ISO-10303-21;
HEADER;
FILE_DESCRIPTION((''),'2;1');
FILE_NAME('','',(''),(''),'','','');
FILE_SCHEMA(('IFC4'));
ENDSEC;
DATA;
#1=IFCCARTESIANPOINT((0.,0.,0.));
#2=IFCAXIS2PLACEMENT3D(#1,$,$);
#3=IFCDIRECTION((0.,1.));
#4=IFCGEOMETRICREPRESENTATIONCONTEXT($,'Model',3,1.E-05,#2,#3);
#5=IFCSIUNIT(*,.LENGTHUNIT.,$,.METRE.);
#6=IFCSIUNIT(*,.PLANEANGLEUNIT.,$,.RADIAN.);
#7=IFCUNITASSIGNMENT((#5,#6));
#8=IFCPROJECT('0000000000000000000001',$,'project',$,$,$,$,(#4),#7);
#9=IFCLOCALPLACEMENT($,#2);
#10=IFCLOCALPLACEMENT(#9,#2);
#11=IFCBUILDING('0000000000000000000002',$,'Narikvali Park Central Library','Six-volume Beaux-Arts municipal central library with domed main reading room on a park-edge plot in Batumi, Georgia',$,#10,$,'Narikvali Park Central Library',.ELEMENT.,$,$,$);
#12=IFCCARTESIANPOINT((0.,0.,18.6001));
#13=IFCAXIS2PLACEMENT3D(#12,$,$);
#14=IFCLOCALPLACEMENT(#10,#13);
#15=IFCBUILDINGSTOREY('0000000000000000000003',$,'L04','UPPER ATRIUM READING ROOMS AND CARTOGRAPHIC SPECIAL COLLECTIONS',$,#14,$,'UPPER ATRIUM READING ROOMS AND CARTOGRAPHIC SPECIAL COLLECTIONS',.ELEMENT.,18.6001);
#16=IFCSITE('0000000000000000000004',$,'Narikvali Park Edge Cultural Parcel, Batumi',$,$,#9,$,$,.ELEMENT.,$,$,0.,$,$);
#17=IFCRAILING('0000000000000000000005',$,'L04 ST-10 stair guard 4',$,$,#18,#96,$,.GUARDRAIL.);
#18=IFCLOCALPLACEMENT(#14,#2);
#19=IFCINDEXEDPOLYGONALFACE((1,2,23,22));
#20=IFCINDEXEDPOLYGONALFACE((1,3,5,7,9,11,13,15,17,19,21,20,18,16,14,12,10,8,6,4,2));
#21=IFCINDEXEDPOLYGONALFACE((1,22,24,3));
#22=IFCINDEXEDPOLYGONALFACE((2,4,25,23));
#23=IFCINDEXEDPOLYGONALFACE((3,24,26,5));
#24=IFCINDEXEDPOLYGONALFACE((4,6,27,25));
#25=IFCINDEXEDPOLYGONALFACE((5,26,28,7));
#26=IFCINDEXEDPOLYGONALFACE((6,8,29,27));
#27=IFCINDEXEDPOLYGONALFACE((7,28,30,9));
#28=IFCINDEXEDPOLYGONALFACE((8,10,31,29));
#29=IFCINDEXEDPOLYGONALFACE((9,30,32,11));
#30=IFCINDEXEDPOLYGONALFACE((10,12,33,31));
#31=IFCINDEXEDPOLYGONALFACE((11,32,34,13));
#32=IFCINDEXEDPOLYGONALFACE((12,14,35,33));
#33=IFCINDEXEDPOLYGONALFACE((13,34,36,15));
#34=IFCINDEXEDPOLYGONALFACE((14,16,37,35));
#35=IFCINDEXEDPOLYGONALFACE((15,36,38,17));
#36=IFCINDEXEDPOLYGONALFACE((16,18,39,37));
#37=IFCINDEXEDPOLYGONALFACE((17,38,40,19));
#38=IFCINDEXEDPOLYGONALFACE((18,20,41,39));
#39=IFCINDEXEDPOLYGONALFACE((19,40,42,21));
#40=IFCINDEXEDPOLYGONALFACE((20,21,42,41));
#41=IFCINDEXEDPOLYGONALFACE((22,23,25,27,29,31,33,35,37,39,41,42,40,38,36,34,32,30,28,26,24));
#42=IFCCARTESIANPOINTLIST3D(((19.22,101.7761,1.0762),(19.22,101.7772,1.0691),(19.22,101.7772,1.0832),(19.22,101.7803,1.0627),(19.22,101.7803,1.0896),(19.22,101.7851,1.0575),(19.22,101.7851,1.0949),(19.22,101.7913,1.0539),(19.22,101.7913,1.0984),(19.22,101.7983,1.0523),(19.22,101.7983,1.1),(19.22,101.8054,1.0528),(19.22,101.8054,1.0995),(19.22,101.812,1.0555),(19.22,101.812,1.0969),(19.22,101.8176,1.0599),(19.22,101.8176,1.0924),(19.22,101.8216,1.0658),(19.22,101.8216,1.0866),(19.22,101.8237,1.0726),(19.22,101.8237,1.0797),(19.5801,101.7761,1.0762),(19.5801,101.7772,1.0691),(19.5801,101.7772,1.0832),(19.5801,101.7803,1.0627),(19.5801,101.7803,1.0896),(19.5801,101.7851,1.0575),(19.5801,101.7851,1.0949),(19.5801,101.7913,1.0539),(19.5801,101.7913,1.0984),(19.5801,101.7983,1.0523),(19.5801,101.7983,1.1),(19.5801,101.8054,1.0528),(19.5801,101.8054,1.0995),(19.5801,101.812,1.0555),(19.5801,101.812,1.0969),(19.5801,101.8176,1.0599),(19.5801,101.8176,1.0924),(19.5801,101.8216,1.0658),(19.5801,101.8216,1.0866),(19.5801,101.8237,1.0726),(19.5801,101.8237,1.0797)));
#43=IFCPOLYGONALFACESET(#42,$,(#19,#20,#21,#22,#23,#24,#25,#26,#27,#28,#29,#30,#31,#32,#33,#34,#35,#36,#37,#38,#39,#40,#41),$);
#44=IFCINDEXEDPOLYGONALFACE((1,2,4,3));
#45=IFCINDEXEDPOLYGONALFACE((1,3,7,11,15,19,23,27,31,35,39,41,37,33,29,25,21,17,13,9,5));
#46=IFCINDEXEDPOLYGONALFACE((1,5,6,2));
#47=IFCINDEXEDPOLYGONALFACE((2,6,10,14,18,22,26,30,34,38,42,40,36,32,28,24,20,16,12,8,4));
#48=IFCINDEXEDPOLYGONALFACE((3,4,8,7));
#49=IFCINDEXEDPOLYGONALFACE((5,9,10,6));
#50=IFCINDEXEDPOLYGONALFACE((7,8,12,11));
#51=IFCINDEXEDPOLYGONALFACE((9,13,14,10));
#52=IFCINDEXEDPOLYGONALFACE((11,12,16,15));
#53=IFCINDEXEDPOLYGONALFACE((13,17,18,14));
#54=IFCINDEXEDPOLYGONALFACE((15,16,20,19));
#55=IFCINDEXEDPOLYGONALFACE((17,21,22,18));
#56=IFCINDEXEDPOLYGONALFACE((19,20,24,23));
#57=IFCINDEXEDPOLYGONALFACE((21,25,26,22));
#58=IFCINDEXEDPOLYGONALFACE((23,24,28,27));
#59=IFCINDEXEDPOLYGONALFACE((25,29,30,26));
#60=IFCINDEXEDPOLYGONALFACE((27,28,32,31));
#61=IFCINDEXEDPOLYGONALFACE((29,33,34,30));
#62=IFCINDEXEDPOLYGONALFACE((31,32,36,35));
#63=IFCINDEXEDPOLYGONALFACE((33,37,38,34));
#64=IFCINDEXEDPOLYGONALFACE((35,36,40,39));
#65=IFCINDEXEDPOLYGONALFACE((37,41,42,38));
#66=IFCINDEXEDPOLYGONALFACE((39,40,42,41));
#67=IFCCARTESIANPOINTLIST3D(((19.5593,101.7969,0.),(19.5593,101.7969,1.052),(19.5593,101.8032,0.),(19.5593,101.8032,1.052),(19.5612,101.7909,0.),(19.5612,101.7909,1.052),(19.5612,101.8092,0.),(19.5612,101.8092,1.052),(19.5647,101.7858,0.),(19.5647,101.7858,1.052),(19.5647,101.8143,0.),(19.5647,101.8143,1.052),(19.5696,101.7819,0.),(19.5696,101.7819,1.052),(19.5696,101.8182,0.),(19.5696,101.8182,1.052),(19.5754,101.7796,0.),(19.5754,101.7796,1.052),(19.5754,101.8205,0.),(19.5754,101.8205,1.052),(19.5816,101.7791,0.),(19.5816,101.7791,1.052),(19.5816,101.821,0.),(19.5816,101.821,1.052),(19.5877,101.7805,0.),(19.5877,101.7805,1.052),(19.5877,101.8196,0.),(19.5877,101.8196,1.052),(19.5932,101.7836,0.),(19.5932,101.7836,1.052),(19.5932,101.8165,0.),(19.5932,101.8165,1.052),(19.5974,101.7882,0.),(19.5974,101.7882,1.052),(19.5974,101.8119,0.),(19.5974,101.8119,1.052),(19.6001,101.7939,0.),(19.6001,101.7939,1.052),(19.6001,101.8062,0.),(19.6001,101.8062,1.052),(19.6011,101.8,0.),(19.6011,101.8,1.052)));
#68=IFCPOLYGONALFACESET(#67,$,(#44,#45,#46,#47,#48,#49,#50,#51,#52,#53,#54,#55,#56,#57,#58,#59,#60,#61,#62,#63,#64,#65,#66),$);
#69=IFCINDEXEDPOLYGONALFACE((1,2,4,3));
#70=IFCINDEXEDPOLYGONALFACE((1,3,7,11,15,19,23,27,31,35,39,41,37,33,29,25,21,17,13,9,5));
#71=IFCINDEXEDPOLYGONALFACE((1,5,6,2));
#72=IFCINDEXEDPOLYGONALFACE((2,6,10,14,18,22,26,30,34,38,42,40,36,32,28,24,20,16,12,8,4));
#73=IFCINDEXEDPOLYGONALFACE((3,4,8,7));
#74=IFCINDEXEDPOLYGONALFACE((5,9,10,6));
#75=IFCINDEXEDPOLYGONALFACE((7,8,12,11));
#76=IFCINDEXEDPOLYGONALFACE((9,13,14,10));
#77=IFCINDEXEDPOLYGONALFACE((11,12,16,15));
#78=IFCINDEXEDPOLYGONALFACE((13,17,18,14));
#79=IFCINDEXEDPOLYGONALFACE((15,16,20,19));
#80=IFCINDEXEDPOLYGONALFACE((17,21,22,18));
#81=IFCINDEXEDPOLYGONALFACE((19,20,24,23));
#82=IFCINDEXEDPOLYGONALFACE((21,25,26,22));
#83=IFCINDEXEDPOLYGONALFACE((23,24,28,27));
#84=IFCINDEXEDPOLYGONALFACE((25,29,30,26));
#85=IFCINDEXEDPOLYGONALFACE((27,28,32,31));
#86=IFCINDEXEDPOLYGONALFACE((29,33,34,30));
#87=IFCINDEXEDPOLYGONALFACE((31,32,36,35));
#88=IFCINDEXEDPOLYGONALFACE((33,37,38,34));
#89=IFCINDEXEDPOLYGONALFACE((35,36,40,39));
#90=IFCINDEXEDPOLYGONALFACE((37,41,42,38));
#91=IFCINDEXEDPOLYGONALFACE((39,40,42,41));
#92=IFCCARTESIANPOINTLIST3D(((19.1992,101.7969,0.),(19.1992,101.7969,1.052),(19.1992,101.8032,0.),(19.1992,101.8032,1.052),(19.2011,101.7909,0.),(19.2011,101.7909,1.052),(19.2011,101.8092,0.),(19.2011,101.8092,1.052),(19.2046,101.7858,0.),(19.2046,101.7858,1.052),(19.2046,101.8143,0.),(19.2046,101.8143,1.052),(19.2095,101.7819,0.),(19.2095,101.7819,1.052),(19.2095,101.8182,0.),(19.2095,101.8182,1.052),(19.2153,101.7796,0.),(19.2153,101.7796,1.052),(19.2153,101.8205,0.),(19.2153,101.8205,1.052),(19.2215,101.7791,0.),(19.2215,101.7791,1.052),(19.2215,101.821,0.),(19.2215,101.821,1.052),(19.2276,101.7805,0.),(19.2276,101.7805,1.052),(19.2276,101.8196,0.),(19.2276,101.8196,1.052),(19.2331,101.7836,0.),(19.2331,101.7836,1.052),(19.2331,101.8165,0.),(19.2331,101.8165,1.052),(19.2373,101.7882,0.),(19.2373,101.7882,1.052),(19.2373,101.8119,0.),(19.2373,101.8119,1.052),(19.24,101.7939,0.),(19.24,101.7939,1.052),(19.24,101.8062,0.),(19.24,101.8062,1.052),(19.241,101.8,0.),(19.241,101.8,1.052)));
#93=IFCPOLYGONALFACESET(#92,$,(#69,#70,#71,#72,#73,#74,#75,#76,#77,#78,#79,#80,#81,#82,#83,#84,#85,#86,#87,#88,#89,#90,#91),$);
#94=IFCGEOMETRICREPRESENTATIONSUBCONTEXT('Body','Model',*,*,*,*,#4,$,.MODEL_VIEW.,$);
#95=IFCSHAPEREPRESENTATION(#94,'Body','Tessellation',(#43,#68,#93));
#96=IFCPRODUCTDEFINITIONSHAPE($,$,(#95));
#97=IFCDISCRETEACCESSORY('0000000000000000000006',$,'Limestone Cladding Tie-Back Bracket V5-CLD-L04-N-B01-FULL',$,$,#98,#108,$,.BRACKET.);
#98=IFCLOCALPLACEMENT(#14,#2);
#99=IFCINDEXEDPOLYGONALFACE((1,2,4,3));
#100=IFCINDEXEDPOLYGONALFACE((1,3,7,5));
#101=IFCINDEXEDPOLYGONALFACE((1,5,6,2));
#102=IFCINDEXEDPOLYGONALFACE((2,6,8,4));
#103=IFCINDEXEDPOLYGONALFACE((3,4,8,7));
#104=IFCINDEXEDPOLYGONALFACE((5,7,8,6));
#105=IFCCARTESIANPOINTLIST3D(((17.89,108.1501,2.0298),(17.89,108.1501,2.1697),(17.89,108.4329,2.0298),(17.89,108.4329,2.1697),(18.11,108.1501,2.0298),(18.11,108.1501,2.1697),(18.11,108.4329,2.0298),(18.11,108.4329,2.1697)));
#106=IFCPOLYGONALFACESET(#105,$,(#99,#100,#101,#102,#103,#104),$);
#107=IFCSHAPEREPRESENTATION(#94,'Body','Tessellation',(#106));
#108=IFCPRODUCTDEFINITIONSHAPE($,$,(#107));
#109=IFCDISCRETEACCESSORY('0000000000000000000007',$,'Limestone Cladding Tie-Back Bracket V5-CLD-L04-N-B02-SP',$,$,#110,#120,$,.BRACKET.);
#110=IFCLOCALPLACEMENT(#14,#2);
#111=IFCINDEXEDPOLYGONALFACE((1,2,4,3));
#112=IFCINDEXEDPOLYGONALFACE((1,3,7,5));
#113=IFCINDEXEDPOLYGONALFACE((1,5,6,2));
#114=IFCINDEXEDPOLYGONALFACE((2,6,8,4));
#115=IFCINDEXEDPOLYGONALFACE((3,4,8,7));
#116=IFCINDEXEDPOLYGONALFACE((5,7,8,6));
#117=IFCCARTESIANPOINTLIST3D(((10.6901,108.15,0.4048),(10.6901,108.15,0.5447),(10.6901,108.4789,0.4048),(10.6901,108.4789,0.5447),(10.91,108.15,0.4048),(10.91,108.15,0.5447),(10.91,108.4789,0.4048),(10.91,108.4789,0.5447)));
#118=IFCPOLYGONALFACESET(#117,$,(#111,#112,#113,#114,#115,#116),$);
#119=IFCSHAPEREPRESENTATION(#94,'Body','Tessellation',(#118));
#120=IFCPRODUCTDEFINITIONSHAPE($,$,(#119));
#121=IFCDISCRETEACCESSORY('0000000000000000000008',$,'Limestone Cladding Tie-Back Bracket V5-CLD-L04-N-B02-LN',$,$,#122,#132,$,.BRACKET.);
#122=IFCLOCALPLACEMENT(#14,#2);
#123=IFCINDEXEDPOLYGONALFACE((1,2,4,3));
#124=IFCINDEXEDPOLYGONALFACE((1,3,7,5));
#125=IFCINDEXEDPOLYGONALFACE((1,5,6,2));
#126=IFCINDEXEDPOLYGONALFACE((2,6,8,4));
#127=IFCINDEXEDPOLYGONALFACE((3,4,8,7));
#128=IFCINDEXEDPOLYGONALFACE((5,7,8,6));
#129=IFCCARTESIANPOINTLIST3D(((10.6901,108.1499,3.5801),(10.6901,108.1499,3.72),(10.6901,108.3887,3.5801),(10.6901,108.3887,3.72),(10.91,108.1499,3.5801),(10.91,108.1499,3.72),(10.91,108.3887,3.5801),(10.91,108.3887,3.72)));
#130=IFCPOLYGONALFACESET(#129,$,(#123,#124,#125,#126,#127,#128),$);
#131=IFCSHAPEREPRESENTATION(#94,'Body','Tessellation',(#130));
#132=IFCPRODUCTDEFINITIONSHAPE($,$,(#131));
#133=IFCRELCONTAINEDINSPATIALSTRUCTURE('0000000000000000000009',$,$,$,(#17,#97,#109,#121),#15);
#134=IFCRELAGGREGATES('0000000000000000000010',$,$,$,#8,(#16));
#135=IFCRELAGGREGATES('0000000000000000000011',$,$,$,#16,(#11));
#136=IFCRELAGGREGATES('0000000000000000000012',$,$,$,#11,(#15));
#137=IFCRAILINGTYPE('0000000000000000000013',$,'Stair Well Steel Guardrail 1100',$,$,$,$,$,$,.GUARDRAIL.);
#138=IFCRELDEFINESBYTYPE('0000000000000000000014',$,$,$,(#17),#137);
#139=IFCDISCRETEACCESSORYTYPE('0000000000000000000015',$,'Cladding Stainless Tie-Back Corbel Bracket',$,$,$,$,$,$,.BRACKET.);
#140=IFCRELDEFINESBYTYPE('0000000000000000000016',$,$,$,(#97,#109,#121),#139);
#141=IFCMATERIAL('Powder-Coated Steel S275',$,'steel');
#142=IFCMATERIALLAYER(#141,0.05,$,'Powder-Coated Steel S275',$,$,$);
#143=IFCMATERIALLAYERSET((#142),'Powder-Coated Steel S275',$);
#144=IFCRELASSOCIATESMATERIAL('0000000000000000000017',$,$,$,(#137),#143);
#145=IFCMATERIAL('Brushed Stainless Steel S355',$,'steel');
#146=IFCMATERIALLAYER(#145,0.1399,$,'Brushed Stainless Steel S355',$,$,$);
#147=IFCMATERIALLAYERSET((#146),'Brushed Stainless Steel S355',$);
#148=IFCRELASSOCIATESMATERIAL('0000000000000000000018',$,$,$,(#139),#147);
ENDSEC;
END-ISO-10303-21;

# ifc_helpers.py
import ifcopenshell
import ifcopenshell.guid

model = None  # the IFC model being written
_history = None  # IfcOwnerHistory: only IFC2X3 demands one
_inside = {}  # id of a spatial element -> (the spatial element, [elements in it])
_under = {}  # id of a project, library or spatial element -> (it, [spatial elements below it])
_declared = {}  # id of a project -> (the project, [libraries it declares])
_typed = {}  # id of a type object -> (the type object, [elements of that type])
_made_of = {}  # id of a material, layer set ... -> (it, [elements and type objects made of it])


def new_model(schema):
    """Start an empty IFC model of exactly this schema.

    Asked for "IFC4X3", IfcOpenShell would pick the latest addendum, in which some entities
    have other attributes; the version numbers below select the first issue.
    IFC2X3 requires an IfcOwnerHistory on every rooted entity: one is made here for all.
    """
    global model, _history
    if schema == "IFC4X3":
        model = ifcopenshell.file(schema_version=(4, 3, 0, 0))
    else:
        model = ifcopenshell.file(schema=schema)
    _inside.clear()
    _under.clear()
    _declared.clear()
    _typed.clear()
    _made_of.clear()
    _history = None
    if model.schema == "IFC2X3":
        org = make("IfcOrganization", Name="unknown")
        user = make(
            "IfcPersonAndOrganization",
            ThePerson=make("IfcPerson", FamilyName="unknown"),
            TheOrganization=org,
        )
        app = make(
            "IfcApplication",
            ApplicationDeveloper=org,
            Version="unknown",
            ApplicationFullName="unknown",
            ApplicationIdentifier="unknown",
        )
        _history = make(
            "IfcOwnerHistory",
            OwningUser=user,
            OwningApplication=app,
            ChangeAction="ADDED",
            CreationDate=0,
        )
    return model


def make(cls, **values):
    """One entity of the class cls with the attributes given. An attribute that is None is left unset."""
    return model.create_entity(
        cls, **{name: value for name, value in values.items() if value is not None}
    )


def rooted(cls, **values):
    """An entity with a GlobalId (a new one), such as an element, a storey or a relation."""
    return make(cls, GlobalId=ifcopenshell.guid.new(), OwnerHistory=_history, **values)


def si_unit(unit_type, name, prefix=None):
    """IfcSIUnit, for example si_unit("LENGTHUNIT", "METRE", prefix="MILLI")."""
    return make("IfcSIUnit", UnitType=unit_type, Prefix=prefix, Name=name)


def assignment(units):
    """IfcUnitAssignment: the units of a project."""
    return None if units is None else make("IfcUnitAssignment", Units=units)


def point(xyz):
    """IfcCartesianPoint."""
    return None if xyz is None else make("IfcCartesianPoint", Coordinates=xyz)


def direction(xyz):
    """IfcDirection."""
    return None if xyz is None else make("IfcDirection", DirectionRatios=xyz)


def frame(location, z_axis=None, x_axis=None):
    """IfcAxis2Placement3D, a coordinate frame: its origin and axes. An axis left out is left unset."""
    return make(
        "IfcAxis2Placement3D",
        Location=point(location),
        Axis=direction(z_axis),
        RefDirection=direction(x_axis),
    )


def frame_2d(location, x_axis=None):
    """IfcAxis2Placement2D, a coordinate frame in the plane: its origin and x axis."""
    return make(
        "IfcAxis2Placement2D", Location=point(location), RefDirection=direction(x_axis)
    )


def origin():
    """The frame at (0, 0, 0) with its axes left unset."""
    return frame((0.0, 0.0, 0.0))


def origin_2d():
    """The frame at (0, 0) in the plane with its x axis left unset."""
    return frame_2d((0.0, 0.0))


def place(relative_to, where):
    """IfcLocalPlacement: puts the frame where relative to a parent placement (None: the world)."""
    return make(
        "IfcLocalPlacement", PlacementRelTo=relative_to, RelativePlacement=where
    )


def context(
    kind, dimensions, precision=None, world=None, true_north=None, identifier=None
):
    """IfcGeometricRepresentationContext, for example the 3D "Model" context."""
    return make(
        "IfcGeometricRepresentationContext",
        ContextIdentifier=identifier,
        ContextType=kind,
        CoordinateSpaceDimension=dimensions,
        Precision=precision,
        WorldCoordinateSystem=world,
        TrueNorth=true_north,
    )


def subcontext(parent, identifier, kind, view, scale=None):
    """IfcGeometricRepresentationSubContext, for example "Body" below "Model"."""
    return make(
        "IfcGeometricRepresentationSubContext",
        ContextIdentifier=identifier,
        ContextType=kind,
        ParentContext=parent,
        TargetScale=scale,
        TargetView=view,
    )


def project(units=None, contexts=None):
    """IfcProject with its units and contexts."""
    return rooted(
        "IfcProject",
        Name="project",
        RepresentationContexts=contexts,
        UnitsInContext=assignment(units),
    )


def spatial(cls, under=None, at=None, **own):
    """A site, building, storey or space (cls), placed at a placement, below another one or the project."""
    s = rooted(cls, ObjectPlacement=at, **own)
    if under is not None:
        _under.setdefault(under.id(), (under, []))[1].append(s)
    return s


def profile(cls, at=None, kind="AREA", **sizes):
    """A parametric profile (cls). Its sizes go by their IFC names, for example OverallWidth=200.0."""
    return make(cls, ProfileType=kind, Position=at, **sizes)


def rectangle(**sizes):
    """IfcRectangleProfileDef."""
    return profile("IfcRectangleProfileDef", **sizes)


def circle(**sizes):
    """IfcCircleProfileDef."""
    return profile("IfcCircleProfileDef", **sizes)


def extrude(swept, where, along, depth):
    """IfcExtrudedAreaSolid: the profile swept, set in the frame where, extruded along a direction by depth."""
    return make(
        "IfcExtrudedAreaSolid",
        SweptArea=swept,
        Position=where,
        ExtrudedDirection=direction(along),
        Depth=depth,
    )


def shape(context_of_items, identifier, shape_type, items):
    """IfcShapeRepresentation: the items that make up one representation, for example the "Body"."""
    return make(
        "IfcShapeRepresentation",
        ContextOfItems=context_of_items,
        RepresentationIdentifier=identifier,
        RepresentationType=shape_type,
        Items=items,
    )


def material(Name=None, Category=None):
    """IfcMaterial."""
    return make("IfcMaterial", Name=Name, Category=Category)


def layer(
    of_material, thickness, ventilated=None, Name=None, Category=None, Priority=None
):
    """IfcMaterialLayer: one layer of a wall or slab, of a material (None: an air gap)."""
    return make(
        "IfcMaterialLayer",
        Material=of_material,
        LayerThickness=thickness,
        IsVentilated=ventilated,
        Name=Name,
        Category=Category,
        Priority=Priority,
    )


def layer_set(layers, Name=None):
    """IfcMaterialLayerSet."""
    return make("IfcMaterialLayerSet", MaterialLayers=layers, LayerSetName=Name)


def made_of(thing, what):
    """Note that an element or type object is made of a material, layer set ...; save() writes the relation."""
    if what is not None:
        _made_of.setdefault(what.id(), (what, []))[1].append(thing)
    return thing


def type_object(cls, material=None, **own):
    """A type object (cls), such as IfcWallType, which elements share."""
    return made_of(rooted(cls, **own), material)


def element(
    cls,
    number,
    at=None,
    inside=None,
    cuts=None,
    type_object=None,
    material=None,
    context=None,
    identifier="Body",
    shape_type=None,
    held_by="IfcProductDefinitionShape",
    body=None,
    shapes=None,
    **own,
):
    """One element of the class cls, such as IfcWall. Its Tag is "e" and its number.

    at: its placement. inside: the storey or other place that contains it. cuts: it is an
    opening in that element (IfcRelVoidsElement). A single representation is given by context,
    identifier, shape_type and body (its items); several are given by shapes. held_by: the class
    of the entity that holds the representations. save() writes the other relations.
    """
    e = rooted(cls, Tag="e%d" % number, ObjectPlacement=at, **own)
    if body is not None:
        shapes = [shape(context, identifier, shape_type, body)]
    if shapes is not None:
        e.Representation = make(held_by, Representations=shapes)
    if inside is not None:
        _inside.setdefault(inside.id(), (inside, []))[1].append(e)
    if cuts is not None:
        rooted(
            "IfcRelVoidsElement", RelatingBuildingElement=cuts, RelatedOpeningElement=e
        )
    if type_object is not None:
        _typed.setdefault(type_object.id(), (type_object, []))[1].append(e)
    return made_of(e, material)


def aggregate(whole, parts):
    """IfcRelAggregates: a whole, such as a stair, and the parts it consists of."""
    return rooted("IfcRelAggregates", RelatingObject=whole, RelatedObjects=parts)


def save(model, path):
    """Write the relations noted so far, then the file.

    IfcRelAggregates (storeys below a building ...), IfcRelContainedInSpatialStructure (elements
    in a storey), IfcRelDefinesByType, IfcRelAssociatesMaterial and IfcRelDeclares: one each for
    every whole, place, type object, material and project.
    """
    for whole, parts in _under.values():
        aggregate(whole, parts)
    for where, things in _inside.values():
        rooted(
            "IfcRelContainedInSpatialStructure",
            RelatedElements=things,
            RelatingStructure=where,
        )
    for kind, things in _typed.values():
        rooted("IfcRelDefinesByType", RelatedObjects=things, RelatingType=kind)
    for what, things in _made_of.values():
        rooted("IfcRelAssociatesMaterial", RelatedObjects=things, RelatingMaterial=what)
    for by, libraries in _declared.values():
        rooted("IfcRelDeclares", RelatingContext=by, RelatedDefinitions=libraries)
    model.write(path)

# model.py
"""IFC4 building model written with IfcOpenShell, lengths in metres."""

from ifc_helpers import new_model, si_unit, direction, frame, origin, origin_2d, place, context, subcontext, project, spatial, rectangle, circle, extrude, material, layer, layer_set, type_object, element, save


model = new_model("IFC4")

# Units and contexts
model_context = context("Model", 3, precision=1e-05, world=origin(), true_north=direction((0.0, 1.0)))
body_context = subcontext(model_context, "Body", "Model", "MODEL_VIEW")
ifc_project = project(units=[si_unit("LENGTHUNIT", "METRE"), si_unit("PLANEANGLEUNIT", "RADIAN")], contexts=[model_context])

# Site, building, storey
site_placement = place(None, origin())
site = spatial("IfcSite", under=ifc_project, at=site_placement, Name="Narikvali Park Edge Cultural Parcel, Batumi", CompositionType="ELEMENT", RefElevation=0.0)
building_placement = place(site_placement, origin())
building = spatial("IfcBuilding", under=site, at=building_placement, Name="Narikvali Park Central Library", Description="Six-volume Beaux-Arts municipal central library with domed main reading room on a park-edge plot in Batumi, Georgia", LongName="Narikvali Park Central Library", CompositionType="ELEMENT")
storey_placement = place(building_placement, frame((0.0, 0.0, 18.6001)))
storey = spatial("IfcBuildingStorey", under=building, at=storey_placement, Name="L04", Description="UPPER ATRIUM READING ROOMS AND CARTOGRAPHIC SPECIAL COLLECTIONS", LongName="UPPER ATRIUM READING ROOMS AND CARTOGRAPHIC SPECIAL COLLECTIONS", CompositionType="ELEMENT", Elevation=18.6001)

# Shared definitions
ifc_material_1 = material(Name="Brushed Stainless Steel S355", Category="steel")

# Railing
ifc_material_2 = material(Name="Powder-Coated Steel S275", Category="steel")
ifc_layer_1 = layer(ifc_material_2, 0.05, Name="Powder-Coated Steel S275")
ifc_layer_set_1 = layer_set([ifc_layer_1], Name="Powder-Coated Steel S275")
railing_type_1 = type_object("IfcRailingType", Name="Stair Well Steel Guardrail 1100", PredefinedType="GUARDRAIL", material=ifc_layer_set_1)
railing_1_placement = place(storey_placement, frame((19.5801, 101.8, 0.0)))
element("IfcRailing", 1, at=railing_1_placement, inside=storey, type_object=railing_type_1, Name="L04 ST-10 stair guard 4", PredefinedType="GUARDRAIL", context=body_context, shape_type="SweptSolid", body=[
    extrude(circle(Radius=0.0239, at=origin_2d()), frame((0.0, 0.0, 1.0762), z_axis=(-1.0, 0.0, 0.0), x_axis=(0.0, -1.0, 0.0)), (0.0, 0.0, 1.0), 0.3601),
    extrude(circle(Radius=0.021, at=origin_2d()), origin(), (0.0, 0.0, 1.0), 1.052),
    extrude(circle(Radius=0.021, at=origin_2d()), frame((-0.3601, 0.0, 0.0)), (0.0, 0.0, 1.0), 1.052),
])

# Discrete accessories
ifc_layer_2 = layer(ifc_material_1, 0.1399, Name="Brushed Stainless Steel S355")
ifc_layer_set_2 = layer_set([ifc_layer_2], Name="Brushed Stainless Steel S355")
discrete_accessory_type = type_object("IfcDiscreteAccessoryType", Name="Cladding Stainless Tie-Back Corbel Bracket", PredefinedType="BRACKET", material=ifc_layer_set_2)
discrete_accessory_1_placement = place(storey_placement, frame((18.0, 108.2915, 2.0298), z_axis=(0.0, 0.0, 1.0), x_axis=(1.0, 0.0, 0.0)))
element("IfcDiscreteAccessory", 2, at=discrete_accessory_1_placement, inside=storey, type_object=discrete_accessory_type, Name="Limestone Cladding Tie-Back Bracket V5-CLD-L04-N-B01-FULL", PredefinedType="BRACKET", context=body_context, shape_type="SweptSolid", body=[
    extrude(rectangle(XDim=0.22, YDim=0.2827, at=origin_2d()), origin(), (0.0, 0.0, 1.0), 0.1399),
])
discrete_accessory_2_placement = place(storey_placement, frame((10.8, 108.3145, 0.4048), z_axis=(0.0, 0.0, 1.0), x_axis=(1.0, 0.0, 0.0)))
element("IfcDiscreteAccessory", 3, at=discrete_accessory_2_placement, inside=storey, type_object=discrete_accessory_type, Name="Limestone Cladding Tie-Back Bracket V5-CLD-L04-N-B02-SP", PredefinedType="BRACKET", context=body_context, shape_type="SweptSolid", body=[
    extrude(rectangle(XDim=0.22, YDim=0.3289, at=origin_2d()), origin(), (0.0, 0.0, 1.0), 0.1399),
])
discrete_accessory_3_placement = place(storey_placement, frame((10.8, 108.2693, 3.5801), z_axis=(0.0, 0.0, 1.0), x_axis=(1.0, 0.0, 0.0)))
element("IfcDiscreteAccessory", 4, at=discrete_accessory_3_placement, inside=storey, type_object=discrete_accessory_type, Name="Limestone Cladding Tie-Back Bracket V5-CLD-L04-N-B02-LN", PredefinedType="BRACKET", context=body_context, shape_type="SweptSolid", body=[
    extrude(rectangle(XDim=0.22, YDim=0.2388, at=origin_2d()), origin(), (0.0, 0.0, 1.0), 0.1399),
])

save(model, "model.ifc")
